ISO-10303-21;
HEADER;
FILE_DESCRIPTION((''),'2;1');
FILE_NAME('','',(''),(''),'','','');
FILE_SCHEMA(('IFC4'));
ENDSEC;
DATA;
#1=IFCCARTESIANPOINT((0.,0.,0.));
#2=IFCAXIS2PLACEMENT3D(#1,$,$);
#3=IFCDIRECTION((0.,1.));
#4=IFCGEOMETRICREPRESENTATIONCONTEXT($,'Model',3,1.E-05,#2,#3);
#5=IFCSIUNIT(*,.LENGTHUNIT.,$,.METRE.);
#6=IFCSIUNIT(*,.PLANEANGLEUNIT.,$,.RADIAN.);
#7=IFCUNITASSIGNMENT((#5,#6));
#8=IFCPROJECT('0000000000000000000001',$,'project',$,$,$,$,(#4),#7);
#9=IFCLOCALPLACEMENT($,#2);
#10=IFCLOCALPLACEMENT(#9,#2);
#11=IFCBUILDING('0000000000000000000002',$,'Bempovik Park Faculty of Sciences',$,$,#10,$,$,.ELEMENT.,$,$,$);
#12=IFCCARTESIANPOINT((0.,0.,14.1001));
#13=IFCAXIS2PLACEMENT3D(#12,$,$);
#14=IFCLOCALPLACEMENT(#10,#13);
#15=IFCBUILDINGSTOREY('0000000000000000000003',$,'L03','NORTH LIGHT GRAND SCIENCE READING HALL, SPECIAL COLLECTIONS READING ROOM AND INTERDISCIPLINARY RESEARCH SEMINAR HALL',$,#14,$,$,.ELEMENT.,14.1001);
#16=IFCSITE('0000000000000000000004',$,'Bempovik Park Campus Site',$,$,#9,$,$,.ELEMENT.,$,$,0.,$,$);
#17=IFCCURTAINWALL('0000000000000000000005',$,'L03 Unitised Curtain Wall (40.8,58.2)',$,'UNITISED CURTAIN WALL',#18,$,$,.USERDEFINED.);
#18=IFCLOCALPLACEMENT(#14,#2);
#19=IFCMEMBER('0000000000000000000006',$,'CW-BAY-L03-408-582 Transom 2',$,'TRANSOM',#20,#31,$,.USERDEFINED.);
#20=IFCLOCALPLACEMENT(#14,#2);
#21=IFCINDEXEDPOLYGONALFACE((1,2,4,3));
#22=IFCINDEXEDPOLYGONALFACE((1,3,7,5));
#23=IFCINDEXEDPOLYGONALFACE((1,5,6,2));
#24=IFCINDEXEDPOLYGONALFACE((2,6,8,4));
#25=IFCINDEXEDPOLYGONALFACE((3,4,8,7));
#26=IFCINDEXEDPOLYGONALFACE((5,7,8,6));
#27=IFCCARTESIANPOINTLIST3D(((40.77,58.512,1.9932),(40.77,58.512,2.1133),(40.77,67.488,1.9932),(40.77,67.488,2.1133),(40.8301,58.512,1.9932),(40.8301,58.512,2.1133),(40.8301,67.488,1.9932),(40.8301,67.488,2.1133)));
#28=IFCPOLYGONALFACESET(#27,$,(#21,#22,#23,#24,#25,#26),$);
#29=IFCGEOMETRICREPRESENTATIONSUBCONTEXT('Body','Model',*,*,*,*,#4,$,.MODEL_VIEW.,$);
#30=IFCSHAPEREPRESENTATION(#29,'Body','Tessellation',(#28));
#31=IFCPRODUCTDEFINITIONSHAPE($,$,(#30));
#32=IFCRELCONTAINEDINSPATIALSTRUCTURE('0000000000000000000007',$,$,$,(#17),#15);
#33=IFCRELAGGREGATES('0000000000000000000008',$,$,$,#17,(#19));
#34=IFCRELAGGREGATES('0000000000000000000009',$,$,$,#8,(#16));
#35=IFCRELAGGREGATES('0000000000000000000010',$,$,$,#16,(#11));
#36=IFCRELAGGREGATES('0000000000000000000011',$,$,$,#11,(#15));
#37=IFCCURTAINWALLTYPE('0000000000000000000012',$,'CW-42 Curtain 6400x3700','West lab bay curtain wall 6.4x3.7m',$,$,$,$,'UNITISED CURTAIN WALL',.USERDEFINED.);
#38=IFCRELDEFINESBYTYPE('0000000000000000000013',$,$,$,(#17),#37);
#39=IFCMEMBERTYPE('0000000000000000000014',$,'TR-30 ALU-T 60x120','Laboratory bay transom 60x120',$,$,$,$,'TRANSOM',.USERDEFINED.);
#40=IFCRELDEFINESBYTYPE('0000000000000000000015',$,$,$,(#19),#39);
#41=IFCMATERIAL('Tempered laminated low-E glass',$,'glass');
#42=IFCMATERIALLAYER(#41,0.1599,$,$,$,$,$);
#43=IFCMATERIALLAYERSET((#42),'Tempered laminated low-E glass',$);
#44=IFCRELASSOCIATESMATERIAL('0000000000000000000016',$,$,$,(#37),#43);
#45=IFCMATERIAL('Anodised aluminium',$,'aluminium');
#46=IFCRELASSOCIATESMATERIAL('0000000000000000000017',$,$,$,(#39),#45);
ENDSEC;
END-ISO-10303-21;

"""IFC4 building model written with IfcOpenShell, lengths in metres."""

from ifc_helpers import new_model, si_unit, direction, frame, origin, origin_2d, place, context, subcontext, project, spatial, rectangle, extrude, material, layer, layer_set, material_profile, profile_set, type_object, element, aggregate, save


model = new_model("IFC4")

# Units and contexts
model_context = context("Model", 3, precision=1e-05, world=origin(), true_north=direction((0.0, 1.0)))
body_context = subcontext(model_context, "Body", "Model", "MODEL_VIEW")
ifc_project = project(units=[si_unit("LENGTHUNIT", "METRE"), si_unit("PLANEANGLEUNIT", "RADIAN")], contexts=[model_context])

# Site, building, storey
site_placement = place(None, origin())
site = spatial("IfcSite", under=ifc_project, at=site_placement, Name="Bempovik Park Campus Site", CompositionType="ELEMENT", RefElevation=0.0)
building_placement = place(site_placement, origin())
building = spatial("IfcBuilding", under=site, at=building_placement, Name="Bempovik Park Faculty of Sciences", CompositionType="ELEMENT")
storey_placement = place(building_placement, frame((0.0, 0.0, 14.1001)))
storey = spatial("IfcBuildingStorey", under=building, at=storey_placement, Name="L03", Description="NORTH LIGHT GRAND SCIENCE READING HALL, SPECIAL COLLECTIONS READING ROOM AND INTERDISCIPLINARY RESEARCH SEMINAR HALL", CompositionType="ELEMENT", Elevation=14.1001)

# Curtain wall, member
ifc_material_1 = material(Name="Tempered laminated low-E glass", Category="glass")
ifc_layer = layer(ifc_material_1, 0.1599)
ifc_layer_set = layer_set([ifc_layer], Name="Tempered laminated low-E glass")
curtain_wall_type = type_object("IfcCurtainWallType", Name="CW-42 Curtain 6400x3700", Description="West lab bay curtain wall 6.4x3.7m", ElementType="UNITISED CURTAIN WALL", PredefinedType="USERDEFINED", material=ifc_layer_set)
curtain_wall_placement = place(storey_placement, origin())
curtain_wall = element("IfcCurtainWall", 1, at=curtain_wall_placement, inside=storey, type_object=curtain_wall_type, Name="L03 Unitised Curtain Wall (40.8,58.2)", ObjectType="UNITISED CURTAIN WALL", PredefinedType="USERDEFINED")
ifc_material_2 = material(Name="Anodised aluminium", Category="aluminium")
ifc_material_profile_1 = material_profile(ifc_material_2, rectangle(XDim=0.0601, YDim=0.1201, at=origin_2d()), Name="ALU-T 60x120")
ifc_profile_set_1 = profile_set([ifc_material_profile_1], Name="Anodised aluminium")
member_type_1 = type_object("IfcMemberType", Name="TR-30 ALU-T 60x120", Description="Laboratory bay transom 60x120", ElementType="TRANSOM", PredefinedType="USERDEFINED", material=ifc_profile_set_1)
member_1_placement = place(storey_placement, frame((40.8, 58.512, 2.0532), z_axis=(0.0, 1.0, 0.0), x_axis=(-1.0, 0.0, 0.0)))
member_1 = element("IfcMember", 2, at=member_1_placement, type_object=member_type_1, Name="CW-BAY-L03-408-582 Transom 2", ObjectType="TRANSOM", PredefinedType="USERDEFINED", context=body_context, shape_type="SweptSolid", body=[
    extrude(rectangle(XDim=0.0601, YDim=0.1201, at=origin_2d()), origin(), (0.0, 0.0, 1.0), 8.9761),
])
aggregate(curtain_wall, [member_1])

save(model, "model.ifc")
